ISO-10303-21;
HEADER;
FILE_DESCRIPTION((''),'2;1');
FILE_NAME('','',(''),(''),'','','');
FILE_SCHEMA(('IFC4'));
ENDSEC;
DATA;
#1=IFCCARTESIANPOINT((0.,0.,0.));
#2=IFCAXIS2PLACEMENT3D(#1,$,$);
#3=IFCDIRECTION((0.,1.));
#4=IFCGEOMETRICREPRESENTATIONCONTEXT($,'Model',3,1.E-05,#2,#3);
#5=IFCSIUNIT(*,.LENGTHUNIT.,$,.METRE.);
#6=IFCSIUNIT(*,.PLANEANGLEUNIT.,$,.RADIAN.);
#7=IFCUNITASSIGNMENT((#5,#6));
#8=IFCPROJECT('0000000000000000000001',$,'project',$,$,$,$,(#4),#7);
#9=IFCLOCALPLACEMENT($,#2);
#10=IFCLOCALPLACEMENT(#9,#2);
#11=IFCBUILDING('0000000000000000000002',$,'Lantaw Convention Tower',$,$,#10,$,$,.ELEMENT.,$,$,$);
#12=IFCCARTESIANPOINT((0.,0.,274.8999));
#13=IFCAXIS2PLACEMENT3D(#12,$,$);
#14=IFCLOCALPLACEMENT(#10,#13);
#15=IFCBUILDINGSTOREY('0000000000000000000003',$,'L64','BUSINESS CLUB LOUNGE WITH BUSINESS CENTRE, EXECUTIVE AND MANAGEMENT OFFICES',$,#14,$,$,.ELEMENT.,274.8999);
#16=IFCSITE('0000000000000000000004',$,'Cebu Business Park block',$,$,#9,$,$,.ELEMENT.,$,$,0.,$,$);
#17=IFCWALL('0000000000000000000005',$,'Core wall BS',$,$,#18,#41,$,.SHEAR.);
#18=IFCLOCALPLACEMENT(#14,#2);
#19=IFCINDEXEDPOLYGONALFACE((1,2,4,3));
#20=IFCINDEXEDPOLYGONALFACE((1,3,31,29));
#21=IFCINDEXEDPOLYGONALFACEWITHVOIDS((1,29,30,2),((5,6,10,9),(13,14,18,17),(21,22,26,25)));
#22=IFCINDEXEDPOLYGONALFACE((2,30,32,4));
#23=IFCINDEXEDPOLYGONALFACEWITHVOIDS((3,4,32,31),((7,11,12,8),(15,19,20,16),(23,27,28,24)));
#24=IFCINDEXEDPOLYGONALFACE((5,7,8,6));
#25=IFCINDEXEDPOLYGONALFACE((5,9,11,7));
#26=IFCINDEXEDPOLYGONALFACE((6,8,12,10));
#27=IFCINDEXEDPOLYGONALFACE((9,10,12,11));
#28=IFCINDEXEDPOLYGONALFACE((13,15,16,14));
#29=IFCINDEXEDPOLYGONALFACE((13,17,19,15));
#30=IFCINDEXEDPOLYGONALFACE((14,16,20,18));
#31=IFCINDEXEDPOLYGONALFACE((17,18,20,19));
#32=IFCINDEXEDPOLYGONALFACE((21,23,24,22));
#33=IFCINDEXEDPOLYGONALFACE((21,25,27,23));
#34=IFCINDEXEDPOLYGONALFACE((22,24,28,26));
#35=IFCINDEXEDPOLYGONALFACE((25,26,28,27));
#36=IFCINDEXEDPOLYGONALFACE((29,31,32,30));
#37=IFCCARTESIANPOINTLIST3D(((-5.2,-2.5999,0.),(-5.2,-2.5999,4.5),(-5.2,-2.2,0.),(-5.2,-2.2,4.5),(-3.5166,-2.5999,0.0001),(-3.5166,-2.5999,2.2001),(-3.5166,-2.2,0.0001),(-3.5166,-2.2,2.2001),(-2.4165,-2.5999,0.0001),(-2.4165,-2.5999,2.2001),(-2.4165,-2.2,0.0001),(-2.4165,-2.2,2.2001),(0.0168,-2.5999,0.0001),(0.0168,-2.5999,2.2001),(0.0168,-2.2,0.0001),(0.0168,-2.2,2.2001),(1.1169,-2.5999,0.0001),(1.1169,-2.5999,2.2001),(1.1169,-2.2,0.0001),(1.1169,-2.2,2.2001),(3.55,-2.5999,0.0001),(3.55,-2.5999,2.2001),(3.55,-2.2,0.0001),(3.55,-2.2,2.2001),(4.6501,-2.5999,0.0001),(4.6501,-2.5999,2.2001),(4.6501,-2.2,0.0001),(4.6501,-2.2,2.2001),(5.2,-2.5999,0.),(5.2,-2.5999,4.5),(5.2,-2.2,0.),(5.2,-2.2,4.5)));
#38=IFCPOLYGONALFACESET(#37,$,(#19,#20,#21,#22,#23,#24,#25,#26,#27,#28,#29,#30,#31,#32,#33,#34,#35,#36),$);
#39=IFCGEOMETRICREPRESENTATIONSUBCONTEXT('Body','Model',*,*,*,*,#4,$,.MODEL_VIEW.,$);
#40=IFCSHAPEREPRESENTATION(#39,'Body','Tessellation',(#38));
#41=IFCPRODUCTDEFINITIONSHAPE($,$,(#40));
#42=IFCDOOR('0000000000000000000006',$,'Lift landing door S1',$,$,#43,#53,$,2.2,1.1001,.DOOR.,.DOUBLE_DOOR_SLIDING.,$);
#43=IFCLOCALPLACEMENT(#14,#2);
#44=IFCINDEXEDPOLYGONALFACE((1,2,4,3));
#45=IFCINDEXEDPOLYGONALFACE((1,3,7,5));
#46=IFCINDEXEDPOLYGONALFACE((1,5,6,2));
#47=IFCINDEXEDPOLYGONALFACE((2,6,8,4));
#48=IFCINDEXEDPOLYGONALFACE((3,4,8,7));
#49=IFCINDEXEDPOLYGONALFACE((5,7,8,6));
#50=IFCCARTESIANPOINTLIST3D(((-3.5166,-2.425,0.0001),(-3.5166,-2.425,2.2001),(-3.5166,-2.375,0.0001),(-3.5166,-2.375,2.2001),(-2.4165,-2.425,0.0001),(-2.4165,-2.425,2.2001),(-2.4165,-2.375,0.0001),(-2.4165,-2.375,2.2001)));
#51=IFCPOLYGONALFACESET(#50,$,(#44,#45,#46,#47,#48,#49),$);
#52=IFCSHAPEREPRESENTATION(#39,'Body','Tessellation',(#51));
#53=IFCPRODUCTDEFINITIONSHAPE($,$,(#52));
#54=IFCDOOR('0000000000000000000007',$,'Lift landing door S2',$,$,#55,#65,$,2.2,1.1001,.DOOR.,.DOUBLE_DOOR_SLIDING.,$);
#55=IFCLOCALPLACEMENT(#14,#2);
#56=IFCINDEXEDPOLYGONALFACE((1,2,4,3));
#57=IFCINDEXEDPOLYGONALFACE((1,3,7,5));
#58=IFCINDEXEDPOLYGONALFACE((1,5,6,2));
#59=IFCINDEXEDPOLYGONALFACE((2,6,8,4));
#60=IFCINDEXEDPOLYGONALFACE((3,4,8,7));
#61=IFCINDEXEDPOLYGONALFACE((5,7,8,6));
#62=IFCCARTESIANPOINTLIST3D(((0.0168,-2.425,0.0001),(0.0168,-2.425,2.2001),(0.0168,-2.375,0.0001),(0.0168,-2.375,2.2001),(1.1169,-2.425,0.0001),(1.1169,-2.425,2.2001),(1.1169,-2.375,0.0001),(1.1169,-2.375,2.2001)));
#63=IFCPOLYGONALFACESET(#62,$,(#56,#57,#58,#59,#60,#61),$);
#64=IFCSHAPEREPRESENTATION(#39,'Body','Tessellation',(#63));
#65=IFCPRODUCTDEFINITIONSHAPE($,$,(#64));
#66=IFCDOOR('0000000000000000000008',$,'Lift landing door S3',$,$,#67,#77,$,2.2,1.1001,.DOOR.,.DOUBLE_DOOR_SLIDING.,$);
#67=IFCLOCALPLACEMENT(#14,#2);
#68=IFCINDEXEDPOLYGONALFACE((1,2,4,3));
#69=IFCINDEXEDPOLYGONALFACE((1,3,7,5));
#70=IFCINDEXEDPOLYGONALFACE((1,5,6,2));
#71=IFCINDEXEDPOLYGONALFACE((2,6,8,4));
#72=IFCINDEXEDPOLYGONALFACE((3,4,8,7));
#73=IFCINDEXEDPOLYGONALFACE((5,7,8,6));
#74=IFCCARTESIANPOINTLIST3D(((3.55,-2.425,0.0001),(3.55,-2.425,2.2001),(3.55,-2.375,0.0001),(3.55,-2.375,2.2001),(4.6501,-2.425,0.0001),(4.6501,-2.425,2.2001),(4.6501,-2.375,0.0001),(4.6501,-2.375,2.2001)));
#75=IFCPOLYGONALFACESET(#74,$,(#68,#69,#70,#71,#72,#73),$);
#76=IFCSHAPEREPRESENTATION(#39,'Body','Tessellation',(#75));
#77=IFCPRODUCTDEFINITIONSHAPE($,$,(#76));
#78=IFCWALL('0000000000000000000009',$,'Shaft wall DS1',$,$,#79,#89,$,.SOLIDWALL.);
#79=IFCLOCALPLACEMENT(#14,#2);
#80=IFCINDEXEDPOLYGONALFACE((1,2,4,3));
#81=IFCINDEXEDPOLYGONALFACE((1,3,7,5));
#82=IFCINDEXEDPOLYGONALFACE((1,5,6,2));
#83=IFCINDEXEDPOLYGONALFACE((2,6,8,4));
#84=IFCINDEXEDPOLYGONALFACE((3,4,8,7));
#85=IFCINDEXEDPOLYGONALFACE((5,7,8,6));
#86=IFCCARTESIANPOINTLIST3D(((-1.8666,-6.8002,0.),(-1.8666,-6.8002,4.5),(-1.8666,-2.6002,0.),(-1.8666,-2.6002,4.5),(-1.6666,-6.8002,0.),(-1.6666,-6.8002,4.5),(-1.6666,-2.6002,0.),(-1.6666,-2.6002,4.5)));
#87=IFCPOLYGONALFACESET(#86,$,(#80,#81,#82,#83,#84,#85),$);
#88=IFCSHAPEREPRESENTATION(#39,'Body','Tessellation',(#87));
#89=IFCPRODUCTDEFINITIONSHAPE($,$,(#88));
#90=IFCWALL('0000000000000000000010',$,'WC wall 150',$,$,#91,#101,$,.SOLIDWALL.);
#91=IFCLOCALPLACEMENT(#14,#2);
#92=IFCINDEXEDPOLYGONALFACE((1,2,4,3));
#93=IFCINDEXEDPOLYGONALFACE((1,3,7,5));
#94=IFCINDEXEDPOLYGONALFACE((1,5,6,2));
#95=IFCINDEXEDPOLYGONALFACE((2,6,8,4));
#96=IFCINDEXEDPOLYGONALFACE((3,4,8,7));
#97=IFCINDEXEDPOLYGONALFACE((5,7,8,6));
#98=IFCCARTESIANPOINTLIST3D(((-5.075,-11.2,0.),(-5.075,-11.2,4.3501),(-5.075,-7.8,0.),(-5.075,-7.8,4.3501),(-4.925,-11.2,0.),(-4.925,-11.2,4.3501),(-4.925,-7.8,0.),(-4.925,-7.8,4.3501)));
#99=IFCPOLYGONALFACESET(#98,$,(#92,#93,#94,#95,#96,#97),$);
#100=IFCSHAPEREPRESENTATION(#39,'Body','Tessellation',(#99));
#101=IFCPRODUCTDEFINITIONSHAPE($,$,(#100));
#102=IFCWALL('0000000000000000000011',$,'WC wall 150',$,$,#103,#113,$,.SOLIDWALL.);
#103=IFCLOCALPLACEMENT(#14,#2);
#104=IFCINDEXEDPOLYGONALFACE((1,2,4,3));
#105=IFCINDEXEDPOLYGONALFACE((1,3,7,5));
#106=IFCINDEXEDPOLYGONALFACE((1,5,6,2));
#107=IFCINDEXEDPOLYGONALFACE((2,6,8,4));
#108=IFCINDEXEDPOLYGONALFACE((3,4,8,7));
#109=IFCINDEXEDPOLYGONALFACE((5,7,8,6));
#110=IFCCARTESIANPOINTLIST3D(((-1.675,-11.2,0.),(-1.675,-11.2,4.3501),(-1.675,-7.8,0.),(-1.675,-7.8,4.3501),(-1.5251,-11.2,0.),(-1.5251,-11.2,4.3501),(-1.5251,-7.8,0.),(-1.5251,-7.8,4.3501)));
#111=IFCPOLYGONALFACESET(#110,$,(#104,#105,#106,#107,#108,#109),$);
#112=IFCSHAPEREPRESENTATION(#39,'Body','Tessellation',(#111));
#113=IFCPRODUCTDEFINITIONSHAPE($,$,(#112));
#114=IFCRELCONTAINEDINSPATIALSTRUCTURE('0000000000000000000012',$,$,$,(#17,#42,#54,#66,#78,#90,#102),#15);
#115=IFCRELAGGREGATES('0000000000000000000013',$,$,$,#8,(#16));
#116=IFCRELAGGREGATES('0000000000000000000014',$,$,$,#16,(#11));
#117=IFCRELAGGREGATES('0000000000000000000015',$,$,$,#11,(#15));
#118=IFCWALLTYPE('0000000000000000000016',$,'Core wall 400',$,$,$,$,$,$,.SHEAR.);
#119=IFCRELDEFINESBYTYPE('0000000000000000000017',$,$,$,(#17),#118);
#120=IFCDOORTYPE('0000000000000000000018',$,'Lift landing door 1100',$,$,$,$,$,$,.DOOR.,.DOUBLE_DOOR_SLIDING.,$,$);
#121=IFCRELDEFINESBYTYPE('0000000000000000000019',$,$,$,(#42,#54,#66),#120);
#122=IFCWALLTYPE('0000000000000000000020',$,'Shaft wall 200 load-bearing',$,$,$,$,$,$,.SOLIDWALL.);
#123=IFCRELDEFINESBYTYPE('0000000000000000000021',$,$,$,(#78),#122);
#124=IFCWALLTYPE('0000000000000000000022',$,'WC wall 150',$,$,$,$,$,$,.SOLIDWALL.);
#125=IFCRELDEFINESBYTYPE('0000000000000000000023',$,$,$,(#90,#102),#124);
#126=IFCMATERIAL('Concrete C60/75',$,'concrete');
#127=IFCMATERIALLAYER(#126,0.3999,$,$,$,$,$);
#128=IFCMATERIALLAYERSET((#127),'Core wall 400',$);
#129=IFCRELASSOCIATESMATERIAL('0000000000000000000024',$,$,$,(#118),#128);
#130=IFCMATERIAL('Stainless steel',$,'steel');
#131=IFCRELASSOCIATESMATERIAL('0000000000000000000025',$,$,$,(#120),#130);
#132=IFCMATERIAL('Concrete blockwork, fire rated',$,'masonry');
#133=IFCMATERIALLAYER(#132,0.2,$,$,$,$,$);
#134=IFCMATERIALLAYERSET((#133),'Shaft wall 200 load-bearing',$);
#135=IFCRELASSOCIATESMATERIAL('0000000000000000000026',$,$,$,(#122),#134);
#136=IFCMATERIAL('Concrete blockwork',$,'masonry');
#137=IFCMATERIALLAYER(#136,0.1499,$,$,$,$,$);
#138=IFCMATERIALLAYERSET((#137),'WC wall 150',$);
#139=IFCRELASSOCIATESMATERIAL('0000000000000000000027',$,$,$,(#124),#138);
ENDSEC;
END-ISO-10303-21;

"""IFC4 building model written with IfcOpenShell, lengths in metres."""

from ifc_helpers import new_model, si_unit, direction, frame, frame_2d, origin, place, context, subcontext, project, spatial, rectangle, extrude, material, layer, layer_set, type_object, element, fill, save


model = new_model("IFC4")

# Units and contexts
model_context = context("Model", 3, precision=1e-05, world=origin(), true_north=direction((0.0, 1.0)))
body_context = subcontext(model_context, "Body", "Model", "MODEL_VIEW")
ifc_project = project(units=[si_unit("LENGTHUNIT", "METRE"), si_unit("PLANEANGLEUNIT", "RADIAN")], contexts=[model_context])

# Site, building, storey
site_placement = place(None, origin())
site = spatial("IfcSite", under=ifc_project, at=site_placement, Name="Cebu Business Park block", CompositionType="ELEMENT", RefElevation=0.0)
building_placement = place(site_placement, origin())
building = spatial("IfcBuilding", under=site, at=building_placement, Name="Lantaw Convention Tower", CompositionType="ELEMENT")
storey_placement = place(building_placement, frame((0.0, 0.0, 274.8999)))
storey = spatial("IfcBuildingStorey", under=building, at=storey_placement, Name="L64", Description="BUSINESS CLUB LOUNGE WITH BUSINESS CENTRE, EXECUTIVE AND MANAGEMENT OFFICES", CompositionType="ELEMENT", Elevation=274.8999)

# Shared definitions
ifc_material_1 = material(Name="Concrete C60/75", Category="concrete")

# Wall, openings, doors
ifc_layer_1 = layer(ifc_material_1, 0.3999)
ifc_layer_set_1 = layer_set([ifc_layer_1], Name="Core wall 400")
wall_type_1 = type_object("IfcWallType", Name="Core wall 400", PredefinedType="SHEAR", material=ifc_layer_set_1)
wall_1_placement = place(storey_placement, frame((-5.2, -2.3999, 0.0), z_axis=(0.0, 0.0, 1.0), x_axis=(1.0, 0.0, 0.0)))
wall_1 = element("IfcWall", 1, at=wall_1_placement, inside=storey, type_object=wall_type_1, Name="Core wall BS", PredefinedType="SHEAR", context=body_context, shape_type="SweptSolid", body=[
    extrude(rectangle(XDim=10.3999, YDim=0.3999, at=frame_2d((5.2, 0.0))), origin(), (0.0, 0.0, 1.0), 4.5),
])
opening_1_placement = place(wall_1_placement, frame((1.6833, 0.0, 0.0)))
opening_1 = element("IfcOpeningElement", 2, at=opening_1_placement, cuts=wall_1, PredefinedType="OPENING", context=body_context, shape_type="SweptSolid", body=[
    extrude(rectangle(XDim=1.1001, YDim=2.2, at=frame_2d((0.55, 1.1001))), frame((0.0, 0.21, 0.0), z_axis=(0.0, -1.0, 0.0), x_axis=(1.0, 0.0, 0.0)), (0.0, 0.0, 1.0), 0.4199),
])
opening_2_placement = place(wall_1_placement, frame((5.2168, 0.0, 0.0)))
opening_2 = element("IfcOpeningElement", 3, at=opening_2_placement, cuts=wall_1, PredefinedType="OPENING", context=body_context, shape_type="SweptSolid", body=[
    extrude(rectangle(XDim=1.1001, YDim=2.2, at=frame_2d((0.55, 1.1001))), frame((0.0, 0.21, 0.0), z_axis=(0.0, -1.0, 0.0), x_axis=(1.0, 0.0, 0.0)), (0.0, 0.0, 1.0), 0.4199),
])
opening_3_placement = place(wall_1_placement, frame((8.75, 0.0, 0.0)))
opening_3 = element("IfcOpeningElement", 4, at=opening_3_placement, cuts=wall_1, PredefinedType="OPENING", context=body_context, shape_type="SweptSolid", body=[
    extrude(rectangle(XDim=1.1001, YDim=2.2, at=frame_2d((0.55, 1.1001))), frame((0.0, 0.21, 0.0), z_axis=(0.0, -1.0, 0.0), x_axis=(1.0, 0.0, 0.0)), (0.0, 0.0, 1.0), 0.4199),
])
ifc_material_2 = material(Name="Stainless steel", Category="steel")
door_type_1 = type_object("IfcDoorType", Name="Lift landing door 1100", OperationType="DOUBLE_DOOR_SLIDING", PredefinedType="DOOR", material=ifc_material_2)
door_1_placement = place(opening_1_placement, origin())
door_1 = element("IfcDoor", 5, at=door_1_placement, inside=storey, type_object=door_type_1, Name="Lift landing door S1", OperationType="DOUBLE_DOOR_SLIDING", OverallHeight=2.2, OverallWidth=1.1001, PredefinedType="DOOR", context=body_context, shape_type="SweptSolid", body=[
    extrude(rectangle(XDim=1.1001, YDim=2.2, at=frame_2d((0.55, 1.1001))), frame((0.0, 0.0249, 0.0), z_axis=(0.0, -1.0, 0.0), x_axis=(1.0, 0.0, 0.0)), (0.0, 0.0, 1.0), 0.05),
])
fill(opening_1, door_1)
door_2_placement = place(opening_2_placement, origin())
door_2 = element("IfcDoor", 6, at=door_2_placement, inside=storey, type_object=door_type_1, Name="Lift landing door S2", OperationType="DOUBLE_DOOR_SLIDING", OverallHeight=2.2, OverallWidth=1.1001, PredefinedType="DOOR", context=body_context, shape_type="SweptSolid", body=[
    extrude(rectangle(XDim=1.1001, YDim=2.2, at=frame_2d((0.55, 1.1001))), frame((0.0, 0.0249, 0.0), z_axis=(0.0, -1.0, 0.0), x_axis=(1.0, 0.0, 0.0)), (0.0, 0.0, 1.0), 0.05),
])
fill(opening_2, door_2)
door_3_placement = place(opening_3_placement, origin())
door_3 = element("IfcDoor", 7, at=door_3_placement, inside=storey, type_object=door_type_1, Name="Lift landing door S3", OperationType="DOUBLE_DOOR_SLIDING", OverallHeight=2.2, OverallWidth=1.1001, PredefinedType="DOOR", context=body_context, shape_type="SweptSolid", body=[
    extrude(rectangle(XDim=1.1001, YDim=2.2, at=frame_2d((0.55, 1.1001))), frame((0.0, 0.0249, 0.0), z_axis=(0.0, -1.0, 0.0), x_axis=(1.0, 0.0, 0.0)), (0.0, 0.0, 1.0), 0.05),
])
fill(opening_3, door_3)

# Walls
ifc_material_3 = material(Name="Concrete blockwork, fire rated", Category="masonry")
ifc_layer_2 = layer(ifc_material_3, 0.2)
ifc_layer_set_2 = layer_set([ifc_layer_2], Name="Shaft wall 200 load-bearing")
wall_type_2 = type_object("IfcWallType", Name="Shaft wall 200 load-bearing", PredefinedType="SOLIDWALL", material=ifc_layer_set_2)
wall_2_placement = place(storey_placement, frame((-1.7666, -2.6001, 0.0), z_axis=(0.0, 0.0, 1.0), x_axis=(0.0, -1.0, 0.0)))
element("IfcWall", 8, at=wall_2_placement, inside=storey, type_object=wall_type_2, Name="Shaft wall DS1", PredefinedType="SOLIDWALL", context=body_context, shape_type="SweptSolid", body=[
    extrude(rectangle(XDim=4.2, YDim=0.2, at=frame_2d((2.1001, 0.0))), origin(), (0.0, 0.0, 1.0), 4.5),
])
ifc_material_4 = material(Name="Concrete blockwork", Category="masonry")
ifc_layer_3 = layer(ifc_material_4, 0.1499)
ifc_layer_set_3 = layer_set([ifc_layer_3], Name="WC wall 150")
wall_type_3 = type_object("IfcWallType", Name="WC wall 150", PredefinedType="SOLIDWALL", material=ifc_layer_set_3)
for number, where, z_axis, x_axis, name in (
    (9, (-5.0, -7.8, 0.0), (0.0, 0.0, 1.0), (0.0, -1.0, 0.0), "WC wall 150"),
    (10, (-1.6001, -7.8, 0.0), (0.0, 0.0, 1.0), (0.0, -1.0, 0.0), "WC wall 150"),
):
    element("IfcWall", number, at=place(storey_placement, frame(where, z_axis=z_axis, x_axis=x_axis)), inside=storey, type_object=wall_type_3, Name=name, PredefinedType="SOLIDWALL", context=body_context, shape_type="SweptSolid", body=[
        extrude(rectangle(XDim=3.3999, YDim=0.1499, at=frame_2d((1.7, 0.0))), origin(), (0.0, 0.0, 1.0), 4.3501),
    ])

save(model, "model.ifc")
